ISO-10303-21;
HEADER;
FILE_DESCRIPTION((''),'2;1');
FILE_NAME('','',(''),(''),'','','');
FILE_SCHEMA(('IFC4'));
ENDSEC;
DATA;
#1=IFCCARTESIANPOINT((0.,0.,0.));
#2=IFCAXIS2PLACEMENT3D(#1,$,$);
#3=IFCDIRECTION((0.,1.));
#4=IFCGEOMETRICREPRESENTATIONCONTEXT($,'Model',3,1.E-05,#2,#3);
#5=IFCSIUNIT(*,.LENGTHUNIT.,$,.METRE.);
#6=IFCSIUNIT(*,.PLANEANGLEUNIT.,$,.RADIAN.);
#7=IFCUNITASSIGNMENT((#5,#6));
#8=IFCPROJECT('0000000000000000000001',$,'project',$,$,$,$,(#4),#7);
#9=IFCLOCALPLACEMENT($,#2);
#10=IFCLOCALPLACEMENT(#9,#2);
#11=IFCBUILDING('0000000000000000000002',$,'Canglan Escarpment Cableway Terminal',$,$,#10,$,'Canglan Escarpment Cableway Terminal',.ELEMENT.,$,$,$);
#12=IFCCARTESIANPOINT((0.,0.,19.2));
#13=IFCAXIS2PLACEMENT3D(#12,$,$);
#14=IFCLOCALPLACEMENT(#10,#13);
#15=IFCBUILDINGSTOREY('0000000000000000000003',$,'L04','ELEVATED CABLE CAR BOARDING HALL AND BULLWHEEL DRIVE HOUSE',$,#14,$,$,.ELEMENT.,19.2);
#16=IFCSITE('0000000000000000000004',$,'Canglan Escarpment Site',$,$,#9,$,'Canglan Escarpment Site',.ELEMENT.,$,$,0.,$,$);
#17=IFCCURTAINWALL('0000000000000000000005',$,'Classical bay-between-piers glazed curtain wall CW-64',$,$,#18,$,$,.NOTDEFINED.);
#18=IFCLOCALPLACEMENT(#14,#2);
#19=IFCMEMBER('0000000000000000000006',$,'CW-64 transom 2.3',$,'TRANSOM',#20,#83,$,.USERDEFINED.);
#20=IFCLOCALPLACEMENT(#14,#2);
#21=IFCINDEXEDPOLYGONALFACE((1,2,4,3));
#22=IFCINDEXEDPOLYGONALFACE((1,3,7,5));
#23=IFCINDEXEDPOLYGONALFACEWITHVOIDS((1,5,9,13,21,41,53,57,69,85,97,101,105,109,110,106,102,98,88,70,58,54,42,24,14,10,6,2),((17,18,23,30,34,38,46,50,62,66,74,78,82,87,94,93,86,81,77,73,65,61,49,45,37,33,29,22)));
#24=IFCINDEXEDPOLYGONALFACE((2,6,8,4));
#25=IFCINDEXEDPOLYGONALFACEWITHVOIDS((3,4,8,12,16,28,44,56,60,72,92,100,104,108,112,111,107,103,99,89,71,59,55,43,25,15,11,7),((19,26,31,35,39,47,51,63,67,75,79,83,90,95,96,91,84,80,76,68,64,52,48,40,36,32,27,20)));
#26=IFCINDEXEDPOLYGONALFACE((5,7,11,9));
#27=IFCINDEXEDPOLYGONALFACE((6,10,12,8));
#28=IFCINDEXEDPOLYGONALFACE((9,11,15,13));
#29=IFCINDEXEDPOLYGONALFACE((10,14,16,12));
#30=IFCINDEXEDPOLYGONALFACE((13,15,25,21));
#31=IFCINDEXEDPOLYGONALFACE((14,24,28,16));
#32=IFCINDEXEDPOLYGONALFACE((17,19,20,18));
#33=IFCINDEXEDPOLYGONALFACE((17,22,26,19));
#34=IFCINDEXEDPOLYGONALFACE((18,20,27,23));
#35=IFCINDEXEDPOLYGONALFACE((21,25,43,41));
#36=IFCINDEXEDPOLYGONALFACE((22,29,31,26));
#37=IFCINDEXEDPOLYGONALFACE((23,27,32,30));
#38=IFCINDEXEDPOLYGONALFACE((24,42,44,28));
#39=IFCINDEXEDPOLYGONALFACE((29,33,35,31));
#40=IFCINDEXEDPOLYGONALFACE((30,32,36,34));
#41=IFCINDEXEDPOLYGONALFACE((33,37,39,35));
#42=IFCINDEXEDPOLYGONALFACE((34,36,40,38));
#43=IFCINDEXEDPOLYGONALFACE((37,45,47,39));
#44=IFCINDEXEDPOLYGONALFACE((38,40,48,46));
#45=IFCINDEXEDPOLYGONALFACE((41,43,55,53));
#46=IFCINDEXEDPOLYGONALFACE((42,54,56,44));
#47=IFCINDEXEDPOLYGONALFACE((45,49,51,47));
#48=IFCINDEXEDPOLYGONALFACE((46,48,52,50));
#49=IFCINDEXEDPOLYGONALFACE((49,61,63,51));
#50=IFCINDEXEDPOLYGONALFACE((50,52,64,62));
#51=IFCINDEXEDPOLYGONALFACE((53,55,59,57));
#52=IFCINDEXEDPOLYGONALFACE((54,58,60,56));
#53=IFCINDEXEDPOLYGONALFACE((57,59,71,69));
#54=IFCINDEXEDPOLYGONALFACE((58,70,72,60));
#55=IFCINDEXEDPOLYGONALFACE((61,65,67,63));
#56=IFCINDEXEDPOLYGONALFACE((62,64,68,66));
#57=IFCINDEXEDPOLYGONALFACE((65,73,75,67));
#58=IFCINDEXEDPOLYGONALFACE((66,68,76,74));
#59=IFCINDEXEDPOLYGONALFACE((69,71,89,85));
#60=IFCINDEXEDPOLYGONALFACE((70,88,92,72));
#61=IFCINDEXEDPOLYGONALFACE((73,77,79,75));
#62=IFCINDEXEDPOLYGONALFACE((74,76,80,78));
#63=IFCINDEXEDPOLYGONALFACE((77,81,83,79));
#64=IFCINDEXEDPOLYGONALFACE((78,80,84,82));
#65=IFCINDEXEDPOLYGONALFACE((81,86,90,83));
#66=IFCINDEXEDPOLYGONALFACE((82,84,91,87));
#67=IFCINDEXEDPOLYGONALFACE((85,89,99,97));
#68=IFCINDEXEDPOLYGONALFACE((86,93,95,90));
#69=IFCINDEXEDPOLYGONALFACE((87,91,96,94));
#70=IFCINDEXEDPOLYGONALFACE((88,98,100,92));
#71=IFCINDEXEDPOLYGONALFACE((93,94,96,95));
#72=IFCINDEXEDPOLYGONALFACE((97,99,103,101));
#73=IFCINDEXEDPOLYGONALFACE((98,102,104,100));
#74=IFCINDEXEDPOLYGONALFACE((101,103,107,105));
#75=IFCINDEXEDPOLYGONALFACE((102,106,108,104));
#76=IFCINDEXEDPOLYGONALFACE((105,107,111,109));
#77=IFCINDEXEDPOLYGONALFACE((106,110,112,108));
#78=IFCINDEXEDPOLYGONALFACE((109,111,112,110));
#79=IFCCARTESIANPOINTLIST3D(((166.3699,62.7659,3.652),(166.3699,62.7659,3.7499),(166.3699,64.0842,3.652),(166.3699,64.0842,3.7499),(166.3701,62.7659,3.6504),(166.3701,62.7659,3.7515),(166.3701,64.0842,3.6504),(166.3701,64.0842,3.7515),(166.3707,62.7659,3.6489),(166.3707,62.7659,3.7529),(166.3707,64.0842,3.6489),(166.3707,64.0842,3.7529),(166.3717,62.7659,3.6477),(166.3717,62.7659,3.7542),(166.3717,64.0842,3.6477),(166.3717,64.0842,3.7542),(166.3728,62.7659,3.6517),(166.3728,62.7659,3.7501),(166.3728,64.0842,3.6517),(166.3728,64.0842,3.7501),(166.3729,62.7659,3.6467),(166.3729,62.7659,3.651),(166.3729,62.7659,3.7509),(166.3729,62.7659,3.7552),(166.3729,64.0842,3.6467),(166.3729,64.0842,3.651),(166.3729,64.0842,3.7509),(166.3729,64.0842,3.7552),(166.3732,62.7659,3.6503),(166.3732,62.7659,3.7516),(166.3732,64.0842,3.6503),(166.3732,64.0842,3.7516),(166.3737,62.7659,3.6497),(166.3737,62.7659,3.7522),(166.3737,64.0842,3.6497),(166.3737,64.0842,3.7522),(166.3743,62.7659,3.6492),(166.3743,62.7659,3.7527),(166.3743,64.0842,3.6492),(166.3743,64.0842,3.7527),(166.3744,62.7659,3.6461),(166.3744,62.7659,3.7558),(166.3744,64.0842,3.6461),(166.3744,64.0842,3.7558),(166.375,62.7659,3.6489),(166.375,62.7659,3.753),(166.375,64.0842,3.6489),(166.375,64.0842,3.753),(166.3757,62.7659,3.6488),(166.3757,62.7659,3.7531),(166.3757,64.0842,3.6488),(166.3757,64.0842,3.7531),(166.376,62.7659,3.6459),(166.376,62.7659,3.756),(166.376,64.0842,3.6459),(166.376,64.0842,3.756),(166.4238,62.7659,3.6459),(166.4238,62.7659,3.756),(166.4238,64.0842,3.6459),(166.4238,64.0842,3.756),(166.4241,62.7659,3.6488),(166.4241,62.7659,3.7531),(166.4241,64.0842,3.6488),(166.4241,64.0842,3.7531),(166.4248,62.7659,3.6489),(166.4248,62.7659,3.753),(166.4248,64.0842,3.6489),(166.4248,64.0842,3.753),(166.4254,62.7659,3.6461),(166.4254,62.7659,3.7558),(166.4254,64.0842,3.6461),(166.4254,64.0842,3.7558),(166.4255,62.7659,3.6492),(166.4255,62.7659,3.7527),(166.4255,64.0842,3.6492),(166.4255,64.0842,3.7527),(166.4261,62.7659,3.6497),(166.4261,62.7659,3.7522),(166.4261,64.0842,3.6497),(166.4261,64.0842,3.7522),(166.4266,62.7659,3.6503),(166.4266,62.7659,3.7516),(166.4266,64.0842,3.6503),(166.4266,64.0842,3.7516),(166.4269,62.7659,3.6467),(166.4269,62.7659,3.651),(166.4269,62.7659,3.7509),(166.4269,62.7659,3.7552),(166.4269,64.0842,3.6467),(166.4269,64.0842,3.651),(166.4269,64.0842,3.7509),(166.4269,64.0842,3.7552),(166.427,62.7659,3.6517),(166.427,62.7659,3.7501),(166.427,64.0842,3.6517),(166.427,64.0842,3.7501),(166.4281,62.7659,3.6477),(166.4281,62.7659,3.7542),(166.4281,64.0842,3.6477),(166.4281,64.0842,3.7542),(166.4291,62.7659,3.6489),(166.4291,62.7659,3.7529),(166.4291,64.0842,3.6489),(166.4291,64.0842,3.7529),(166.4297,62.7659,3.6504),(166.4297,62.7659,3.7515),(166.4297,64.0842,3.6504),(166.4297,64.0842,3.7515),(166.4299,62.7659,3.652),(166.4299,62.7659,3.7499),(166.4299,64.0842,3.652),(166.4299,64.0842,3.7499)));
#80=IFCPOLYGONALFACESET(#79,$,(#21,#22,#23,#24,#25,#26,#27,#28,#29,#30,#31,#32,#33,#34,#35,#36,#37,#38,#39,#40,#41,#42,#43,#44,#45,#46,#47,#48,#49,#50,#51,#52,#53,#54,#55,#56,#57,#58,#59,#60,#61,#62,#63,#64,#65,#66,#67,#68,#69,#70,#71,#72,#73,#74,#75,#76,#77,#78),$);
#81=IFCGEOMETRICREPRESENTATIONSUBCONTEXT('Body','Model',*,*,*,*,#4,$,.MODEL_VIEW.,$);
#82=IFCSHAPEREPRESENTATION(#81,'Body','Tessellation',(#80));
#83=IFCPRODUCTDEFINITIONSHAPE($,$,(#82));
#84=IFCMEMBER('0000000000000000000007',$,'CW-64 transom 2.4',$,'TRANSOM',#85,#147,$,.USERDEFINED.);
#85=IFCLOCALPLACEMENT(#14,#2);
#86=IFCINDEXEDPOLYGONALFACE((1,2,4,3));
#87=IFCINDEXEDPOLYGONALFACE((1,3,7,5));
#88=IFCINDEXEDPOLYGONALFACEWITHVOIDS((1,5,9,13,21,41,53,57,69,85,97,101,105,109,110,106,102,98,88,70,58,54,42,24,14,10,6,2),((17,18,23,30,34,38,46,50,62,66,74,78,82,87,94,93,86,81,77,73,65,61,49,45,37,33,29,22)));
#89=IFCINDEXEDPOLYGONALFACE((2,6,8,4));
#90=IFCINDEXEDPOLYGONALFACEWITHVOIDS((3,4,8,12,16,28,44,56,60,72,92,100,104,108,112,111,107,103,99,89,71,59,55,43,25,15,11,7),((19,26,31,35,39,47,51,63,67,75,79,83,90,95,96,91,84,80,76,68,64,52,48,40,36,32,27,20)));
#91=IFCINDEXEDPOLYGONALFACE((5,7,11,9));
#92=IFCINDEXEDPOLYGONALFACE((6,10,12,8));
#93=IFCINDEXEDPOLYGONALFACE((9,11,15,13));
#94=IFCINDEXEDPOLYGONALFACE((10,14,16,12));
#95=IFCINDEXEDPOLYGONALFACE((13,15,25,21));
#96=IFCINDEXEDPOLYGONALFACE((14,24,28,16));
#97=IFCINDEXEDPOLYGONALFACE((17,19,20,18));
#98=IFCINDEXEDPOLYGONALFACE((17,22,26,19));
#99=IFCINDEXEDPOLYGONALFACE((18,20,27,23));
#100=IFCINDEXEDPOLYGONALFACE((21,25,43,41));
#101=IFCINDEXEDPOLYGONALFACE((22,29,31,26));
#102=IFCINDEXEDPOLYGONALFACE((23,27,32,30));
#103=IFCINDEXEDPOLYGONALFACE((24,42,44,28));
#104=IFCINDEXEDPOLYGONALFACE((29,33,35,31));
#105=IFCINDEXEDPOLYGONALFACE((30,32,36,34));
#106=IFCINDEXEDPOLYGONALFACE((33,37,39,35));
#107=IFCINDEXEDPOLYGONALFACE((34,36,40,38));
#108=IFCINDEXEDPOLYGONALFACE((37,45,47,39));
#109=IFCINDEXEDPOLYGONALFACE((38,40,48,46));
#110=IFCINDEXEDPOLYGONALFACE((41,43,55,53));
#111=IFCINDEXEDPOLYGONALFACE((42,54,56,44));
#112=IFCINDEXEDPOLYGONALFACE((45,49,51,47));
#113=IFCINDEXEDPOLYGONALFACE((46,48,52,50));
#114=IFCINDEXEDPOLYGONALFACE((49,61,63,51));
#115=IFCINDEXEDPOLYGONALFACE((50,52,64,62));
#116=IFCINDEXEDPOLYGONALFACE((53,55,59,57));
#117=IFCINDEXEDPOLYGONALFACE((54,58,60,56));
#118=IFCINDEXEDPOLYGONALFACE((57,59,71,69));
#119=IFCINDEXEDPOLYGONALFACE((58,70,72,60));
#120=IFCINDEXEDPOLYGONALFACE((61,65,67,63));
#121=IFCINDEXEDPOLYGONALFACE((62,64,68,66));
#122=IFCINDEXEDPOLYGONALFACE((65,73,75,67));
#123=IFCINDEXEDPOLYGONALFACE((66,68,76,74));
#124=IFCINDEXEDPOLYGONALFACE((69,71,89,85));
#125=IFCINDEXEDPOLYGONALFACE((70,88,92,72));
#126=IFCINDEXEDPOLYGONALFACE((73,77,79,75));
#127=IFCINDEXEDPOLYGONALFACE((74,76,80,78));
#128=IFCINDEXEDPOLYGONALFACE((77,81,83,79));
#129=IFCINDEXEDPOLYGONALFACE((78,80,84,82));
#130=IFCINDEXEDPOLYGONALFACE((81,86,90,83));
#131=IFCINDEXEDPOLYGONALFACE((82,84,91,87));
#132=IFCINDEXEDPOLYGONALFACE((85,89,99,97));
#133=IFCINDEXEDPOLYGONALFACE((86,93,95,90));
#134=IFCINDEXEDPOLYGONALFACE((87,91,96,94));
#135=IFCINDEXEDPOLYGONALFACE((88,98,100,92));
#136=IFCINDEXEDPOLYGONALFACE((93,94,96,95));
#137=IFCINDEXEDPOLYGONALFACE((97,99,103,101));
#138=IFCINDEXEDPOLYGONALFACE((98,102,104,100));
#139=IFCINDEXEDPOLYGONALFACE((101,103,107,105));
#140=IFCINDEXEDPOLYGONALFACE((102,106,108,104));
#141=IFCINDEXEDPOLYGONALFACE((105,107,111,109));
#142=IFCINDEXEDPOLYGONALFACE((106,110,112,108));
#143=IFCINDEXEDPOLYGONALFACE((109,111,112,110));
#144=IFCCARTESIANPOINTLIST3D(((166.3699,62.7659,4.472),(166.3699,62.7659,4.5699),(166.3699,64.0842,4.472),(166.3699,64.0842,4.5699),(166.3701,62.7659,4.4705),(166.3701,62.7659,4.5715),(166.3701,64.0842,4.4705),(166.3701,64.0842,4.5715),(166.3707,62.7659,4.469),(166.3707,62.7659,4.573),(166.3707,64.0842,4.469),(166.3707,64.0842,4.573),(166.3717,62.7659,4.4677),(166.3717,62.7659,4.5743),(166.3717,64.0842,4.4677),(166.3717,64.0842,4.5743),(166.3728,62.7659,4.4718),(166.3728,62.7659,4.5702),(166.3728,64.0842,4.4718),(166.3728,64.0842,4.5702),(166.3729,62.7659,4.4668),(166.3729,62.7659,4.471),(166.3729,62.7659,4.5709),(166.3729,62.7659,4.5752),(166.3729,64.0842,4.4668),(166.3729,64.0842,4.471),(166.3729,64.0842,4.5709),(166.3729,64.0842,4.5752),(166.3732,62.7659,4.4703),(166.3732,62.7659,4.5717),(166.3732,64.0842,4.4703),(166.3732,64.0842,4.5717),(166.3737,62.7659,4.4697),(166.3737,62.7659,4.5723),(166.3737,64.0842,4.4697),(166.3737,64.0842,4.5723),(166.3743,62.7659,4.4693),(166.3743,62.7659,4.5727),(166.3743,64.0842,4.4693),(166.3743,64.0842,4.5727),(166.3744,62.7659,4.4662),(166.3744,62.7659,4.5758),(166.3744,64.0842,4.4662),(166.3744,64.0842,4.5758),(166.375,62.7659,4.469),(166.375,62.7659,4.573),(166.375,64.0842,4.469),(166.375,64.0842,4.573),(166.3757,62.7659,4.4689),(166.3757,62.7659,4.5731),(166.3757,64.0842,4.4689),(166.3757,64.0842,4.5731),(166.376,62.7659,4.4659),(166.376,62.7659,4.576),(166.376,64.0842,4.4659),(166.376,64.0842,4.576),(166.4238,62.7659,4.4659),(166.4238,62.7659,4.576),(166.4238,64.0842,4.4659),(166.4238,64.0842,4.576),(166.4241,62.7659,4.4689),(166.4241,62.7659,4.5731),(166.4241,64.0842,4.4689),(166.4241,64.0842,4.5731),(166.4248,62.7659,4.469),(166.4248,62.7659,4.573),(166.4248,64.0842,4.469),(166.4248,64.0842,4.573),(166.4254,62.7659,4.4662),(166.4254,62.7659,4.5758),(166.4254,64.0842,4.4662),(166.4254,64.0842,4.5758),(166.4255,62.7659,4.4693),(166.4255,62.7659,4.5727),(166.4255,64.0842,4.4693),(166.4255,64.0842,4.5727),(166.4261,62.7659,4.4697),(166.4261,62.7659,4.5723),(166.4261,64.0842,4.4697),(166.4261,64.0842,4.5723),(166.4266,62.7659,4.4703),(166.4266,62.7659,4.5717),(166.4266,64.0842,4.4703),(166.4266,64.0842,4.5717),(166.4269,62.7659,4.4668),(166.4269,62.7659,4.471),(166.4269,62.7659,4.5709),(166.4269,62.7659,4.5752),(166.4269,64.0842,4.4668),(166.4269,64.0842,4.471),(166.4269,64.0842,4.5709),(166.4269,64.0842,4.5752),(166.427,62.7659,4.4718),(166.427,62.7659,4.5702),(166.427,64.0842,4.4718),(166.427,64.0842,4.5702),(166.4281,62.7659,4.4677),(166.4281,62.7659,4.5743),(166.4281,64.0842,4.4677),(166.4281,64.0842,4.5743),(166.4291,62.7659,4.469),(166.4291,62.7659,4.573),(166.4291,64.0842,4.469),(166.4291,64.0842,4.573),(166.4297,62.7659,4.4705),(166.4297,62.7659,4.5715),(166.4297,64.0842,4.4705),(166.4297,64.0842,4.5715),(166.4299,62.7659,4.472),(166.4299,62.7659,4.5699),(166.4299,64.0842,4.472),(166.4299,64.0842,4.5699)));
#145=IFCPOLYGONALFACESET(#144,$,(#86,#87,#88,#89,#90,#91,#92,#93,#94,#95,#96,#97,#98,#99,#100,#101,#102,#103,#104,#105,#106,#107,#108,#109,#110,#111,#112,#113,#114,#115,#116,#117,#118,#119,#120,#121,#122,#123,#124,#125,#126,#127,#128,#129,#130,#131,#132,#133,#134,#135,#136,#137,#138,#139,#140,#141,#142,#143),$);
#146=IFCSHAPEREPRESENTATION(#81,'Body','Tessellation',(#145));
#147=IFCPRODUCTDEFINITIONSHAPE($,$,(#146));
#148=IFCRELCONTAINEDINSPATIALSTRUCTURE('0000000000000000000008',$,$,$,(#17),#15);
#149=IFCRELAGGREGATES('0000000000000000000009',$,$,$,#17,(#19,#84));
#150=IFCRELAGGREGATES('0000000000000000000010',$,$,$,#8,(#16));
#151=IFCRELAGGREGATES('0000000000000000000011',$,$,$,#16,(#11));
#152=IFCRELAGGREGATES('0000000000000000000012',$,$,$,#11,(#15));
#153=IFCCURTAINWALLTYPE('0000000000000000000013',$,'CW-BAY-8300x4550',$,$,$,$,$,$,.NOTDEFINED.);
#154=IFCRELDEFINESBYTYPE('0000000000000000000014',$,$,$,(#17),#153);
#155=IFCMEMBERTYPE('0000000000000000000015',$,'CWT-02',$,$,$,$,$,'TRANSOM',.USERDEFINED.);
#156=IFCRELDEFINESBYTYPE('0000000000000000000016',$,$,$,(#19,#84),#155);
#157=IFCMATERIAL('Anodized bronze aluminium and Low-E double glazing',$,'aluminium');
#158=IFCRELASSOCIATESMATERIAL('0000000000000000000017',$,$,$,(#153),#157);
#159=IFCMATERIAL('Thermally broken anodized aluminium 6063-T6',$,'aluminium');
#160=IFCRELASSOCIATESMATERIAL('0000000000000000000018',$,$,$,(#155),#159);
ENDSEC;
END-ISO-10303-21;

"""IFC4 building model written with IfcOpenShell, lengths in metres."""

from ifc_helpers import new_model, si_unit, direction, frame, origin, origin_2d, place, context, subcontext, project, spatial, hollow_rectangle, extrude, material, material_profile, profile_set, type_object, element, aggregate, save


model = new_model("IFC4")

# Units and contexts
model_context = context("Model", 3, precision=1e-05, world=origin(), true_north=direction((0.0, 1.0)))
body_context = subcontext(model_context, "Body", "Model", "MODEL_VIEW")
ifc_project = project(units=[si_unit("LENGTHUNIT", "METRE"), si_unit("PLANEANGLEUNIT", "RADIAN")], contexts=[model_context])

# Site, building, storey
site_placement = place(None, origin())
site = spatial("IfcSite", under=ifc_project, at=site_placement, Name="Canglan Escarpment Site", LongName="Canglan Escarpment Site", CompositionType="ELEMENT", RefElevation=0.0)
building_placement = place(site_placement, origin())
building = spatial("IfcBuilding", under=site, at=building_placement, Name="Canglan Escarpment Cableway Terminal", LongName="Canglan Escarpment Cableway Terminal", CompositionType="ELEMENT")
storey_placement = place(building_placement, frame((0.0, 0.0, 19.2)))
storey = spatial("IfcBuildingStorey", under=building, at=storey_placement, Name="L04", Description="ELEVATED CABLE CAR BOARDING HALL AND BULLWHEEL DRIVE HOUSE", CompositionType="ELEMENT", Elevation=19.2)

# Curtain wall
ifc_material_1 = material(Name="Anodized bronze aluminium and Low-E double glazing", Category="aluminium")
curtain_wall_type = type_object("IfcCurtainWallType", Name="CW-BAY-8300x4550", PredefinedType="NOTDEFINED", material=ifc_material_1)
ifc_material_2 = material(Name="Thermally broken anodized aluminium 6063-T6", Category="aluminium")
curtain_wall_1_placement = place(storey_placement, origin())
curtain_wall_1 = element("IfcCurtainWall", 1, at=curtain_wall_1_placement, inside=storey, type_object=curtain_wall_type, Name="Classical bay-between-piers glazed curtain wall CW-64", PredefinedType="NOTDEFINED")

# Members
ifc_material_profile_1 = material_profile(ifc_material_2, hollow_rectangle(XDim=0.0601, YDim=0.1101, WallThickness=0.0029, InnerFilletRadius=0.0029, OuterFilletRadius=0.0061, at=origin_2d()), Name="ALU-TRAN 60x110x3")
ifc_profile_set_1 = profile_set([ifc_material_profile_1], Name="Thermally broken anodized aluminium 6063-T6")
member_type_1 = type_object("IfcMemberType", Name="CWT-02", ElementType="TRANSOM", PredefinedType="USERDEFINED", material=ifc_profile_set_1)
member_1_placement = place(storey_placement, frame((166.3999, 62.7659, 3.7009), z_axis=(0.0, 1.0, 0.0), x_axis=(-1.0, 0.0, 0.0)))
member_1 = element("IfcMember", 2, at=member_1_placement, type_object=member_type_1, Name="CW-64 transom 2.3", ObjectType="TRANSOM", PredefinedType="USERDEFINED", context=body_context, shape_type="SweptSolid", body=[
    extrude(hollow_rectangle(XDim=0.0601, YDim=0.1101, WallThickness=0.0029, InnerFilletRadius=0.0029, OuterFilletRadius=0.0061, at=origin_2d()), origin(), (0.0, 0.0, 1.0), 1.3184),
])
member_2_placement = place(storey_placement, frame((166.3999, 62.7659, 4.521), z_axis=(0.0, 1.0, 0.0), x_axis=(-1.0, 0.0, 0.0)))
member_2 = element("IfcMember", 3, at=member_2_placement, type_object=member_type_1, Name="CW-64 transom 2.4", ObjectType="TRANSOM", PredefinedType="USERDEFINED", context=body_context, shape_type="SweptSolid", body=[
    extrude(hollow_rectangle(XDim=0.0601, YDim=0.1101, WallThickness=0.0029, InnerFilletRadius=0.0029, OuterFilletRadius=0.0061, at=origin_2d()), origin(), (0.0, 0.0, 1.0), 1.3184),
])

aggregate(curtain_wall_1, [member_1, member_2])

save(model, "model.ifc")
